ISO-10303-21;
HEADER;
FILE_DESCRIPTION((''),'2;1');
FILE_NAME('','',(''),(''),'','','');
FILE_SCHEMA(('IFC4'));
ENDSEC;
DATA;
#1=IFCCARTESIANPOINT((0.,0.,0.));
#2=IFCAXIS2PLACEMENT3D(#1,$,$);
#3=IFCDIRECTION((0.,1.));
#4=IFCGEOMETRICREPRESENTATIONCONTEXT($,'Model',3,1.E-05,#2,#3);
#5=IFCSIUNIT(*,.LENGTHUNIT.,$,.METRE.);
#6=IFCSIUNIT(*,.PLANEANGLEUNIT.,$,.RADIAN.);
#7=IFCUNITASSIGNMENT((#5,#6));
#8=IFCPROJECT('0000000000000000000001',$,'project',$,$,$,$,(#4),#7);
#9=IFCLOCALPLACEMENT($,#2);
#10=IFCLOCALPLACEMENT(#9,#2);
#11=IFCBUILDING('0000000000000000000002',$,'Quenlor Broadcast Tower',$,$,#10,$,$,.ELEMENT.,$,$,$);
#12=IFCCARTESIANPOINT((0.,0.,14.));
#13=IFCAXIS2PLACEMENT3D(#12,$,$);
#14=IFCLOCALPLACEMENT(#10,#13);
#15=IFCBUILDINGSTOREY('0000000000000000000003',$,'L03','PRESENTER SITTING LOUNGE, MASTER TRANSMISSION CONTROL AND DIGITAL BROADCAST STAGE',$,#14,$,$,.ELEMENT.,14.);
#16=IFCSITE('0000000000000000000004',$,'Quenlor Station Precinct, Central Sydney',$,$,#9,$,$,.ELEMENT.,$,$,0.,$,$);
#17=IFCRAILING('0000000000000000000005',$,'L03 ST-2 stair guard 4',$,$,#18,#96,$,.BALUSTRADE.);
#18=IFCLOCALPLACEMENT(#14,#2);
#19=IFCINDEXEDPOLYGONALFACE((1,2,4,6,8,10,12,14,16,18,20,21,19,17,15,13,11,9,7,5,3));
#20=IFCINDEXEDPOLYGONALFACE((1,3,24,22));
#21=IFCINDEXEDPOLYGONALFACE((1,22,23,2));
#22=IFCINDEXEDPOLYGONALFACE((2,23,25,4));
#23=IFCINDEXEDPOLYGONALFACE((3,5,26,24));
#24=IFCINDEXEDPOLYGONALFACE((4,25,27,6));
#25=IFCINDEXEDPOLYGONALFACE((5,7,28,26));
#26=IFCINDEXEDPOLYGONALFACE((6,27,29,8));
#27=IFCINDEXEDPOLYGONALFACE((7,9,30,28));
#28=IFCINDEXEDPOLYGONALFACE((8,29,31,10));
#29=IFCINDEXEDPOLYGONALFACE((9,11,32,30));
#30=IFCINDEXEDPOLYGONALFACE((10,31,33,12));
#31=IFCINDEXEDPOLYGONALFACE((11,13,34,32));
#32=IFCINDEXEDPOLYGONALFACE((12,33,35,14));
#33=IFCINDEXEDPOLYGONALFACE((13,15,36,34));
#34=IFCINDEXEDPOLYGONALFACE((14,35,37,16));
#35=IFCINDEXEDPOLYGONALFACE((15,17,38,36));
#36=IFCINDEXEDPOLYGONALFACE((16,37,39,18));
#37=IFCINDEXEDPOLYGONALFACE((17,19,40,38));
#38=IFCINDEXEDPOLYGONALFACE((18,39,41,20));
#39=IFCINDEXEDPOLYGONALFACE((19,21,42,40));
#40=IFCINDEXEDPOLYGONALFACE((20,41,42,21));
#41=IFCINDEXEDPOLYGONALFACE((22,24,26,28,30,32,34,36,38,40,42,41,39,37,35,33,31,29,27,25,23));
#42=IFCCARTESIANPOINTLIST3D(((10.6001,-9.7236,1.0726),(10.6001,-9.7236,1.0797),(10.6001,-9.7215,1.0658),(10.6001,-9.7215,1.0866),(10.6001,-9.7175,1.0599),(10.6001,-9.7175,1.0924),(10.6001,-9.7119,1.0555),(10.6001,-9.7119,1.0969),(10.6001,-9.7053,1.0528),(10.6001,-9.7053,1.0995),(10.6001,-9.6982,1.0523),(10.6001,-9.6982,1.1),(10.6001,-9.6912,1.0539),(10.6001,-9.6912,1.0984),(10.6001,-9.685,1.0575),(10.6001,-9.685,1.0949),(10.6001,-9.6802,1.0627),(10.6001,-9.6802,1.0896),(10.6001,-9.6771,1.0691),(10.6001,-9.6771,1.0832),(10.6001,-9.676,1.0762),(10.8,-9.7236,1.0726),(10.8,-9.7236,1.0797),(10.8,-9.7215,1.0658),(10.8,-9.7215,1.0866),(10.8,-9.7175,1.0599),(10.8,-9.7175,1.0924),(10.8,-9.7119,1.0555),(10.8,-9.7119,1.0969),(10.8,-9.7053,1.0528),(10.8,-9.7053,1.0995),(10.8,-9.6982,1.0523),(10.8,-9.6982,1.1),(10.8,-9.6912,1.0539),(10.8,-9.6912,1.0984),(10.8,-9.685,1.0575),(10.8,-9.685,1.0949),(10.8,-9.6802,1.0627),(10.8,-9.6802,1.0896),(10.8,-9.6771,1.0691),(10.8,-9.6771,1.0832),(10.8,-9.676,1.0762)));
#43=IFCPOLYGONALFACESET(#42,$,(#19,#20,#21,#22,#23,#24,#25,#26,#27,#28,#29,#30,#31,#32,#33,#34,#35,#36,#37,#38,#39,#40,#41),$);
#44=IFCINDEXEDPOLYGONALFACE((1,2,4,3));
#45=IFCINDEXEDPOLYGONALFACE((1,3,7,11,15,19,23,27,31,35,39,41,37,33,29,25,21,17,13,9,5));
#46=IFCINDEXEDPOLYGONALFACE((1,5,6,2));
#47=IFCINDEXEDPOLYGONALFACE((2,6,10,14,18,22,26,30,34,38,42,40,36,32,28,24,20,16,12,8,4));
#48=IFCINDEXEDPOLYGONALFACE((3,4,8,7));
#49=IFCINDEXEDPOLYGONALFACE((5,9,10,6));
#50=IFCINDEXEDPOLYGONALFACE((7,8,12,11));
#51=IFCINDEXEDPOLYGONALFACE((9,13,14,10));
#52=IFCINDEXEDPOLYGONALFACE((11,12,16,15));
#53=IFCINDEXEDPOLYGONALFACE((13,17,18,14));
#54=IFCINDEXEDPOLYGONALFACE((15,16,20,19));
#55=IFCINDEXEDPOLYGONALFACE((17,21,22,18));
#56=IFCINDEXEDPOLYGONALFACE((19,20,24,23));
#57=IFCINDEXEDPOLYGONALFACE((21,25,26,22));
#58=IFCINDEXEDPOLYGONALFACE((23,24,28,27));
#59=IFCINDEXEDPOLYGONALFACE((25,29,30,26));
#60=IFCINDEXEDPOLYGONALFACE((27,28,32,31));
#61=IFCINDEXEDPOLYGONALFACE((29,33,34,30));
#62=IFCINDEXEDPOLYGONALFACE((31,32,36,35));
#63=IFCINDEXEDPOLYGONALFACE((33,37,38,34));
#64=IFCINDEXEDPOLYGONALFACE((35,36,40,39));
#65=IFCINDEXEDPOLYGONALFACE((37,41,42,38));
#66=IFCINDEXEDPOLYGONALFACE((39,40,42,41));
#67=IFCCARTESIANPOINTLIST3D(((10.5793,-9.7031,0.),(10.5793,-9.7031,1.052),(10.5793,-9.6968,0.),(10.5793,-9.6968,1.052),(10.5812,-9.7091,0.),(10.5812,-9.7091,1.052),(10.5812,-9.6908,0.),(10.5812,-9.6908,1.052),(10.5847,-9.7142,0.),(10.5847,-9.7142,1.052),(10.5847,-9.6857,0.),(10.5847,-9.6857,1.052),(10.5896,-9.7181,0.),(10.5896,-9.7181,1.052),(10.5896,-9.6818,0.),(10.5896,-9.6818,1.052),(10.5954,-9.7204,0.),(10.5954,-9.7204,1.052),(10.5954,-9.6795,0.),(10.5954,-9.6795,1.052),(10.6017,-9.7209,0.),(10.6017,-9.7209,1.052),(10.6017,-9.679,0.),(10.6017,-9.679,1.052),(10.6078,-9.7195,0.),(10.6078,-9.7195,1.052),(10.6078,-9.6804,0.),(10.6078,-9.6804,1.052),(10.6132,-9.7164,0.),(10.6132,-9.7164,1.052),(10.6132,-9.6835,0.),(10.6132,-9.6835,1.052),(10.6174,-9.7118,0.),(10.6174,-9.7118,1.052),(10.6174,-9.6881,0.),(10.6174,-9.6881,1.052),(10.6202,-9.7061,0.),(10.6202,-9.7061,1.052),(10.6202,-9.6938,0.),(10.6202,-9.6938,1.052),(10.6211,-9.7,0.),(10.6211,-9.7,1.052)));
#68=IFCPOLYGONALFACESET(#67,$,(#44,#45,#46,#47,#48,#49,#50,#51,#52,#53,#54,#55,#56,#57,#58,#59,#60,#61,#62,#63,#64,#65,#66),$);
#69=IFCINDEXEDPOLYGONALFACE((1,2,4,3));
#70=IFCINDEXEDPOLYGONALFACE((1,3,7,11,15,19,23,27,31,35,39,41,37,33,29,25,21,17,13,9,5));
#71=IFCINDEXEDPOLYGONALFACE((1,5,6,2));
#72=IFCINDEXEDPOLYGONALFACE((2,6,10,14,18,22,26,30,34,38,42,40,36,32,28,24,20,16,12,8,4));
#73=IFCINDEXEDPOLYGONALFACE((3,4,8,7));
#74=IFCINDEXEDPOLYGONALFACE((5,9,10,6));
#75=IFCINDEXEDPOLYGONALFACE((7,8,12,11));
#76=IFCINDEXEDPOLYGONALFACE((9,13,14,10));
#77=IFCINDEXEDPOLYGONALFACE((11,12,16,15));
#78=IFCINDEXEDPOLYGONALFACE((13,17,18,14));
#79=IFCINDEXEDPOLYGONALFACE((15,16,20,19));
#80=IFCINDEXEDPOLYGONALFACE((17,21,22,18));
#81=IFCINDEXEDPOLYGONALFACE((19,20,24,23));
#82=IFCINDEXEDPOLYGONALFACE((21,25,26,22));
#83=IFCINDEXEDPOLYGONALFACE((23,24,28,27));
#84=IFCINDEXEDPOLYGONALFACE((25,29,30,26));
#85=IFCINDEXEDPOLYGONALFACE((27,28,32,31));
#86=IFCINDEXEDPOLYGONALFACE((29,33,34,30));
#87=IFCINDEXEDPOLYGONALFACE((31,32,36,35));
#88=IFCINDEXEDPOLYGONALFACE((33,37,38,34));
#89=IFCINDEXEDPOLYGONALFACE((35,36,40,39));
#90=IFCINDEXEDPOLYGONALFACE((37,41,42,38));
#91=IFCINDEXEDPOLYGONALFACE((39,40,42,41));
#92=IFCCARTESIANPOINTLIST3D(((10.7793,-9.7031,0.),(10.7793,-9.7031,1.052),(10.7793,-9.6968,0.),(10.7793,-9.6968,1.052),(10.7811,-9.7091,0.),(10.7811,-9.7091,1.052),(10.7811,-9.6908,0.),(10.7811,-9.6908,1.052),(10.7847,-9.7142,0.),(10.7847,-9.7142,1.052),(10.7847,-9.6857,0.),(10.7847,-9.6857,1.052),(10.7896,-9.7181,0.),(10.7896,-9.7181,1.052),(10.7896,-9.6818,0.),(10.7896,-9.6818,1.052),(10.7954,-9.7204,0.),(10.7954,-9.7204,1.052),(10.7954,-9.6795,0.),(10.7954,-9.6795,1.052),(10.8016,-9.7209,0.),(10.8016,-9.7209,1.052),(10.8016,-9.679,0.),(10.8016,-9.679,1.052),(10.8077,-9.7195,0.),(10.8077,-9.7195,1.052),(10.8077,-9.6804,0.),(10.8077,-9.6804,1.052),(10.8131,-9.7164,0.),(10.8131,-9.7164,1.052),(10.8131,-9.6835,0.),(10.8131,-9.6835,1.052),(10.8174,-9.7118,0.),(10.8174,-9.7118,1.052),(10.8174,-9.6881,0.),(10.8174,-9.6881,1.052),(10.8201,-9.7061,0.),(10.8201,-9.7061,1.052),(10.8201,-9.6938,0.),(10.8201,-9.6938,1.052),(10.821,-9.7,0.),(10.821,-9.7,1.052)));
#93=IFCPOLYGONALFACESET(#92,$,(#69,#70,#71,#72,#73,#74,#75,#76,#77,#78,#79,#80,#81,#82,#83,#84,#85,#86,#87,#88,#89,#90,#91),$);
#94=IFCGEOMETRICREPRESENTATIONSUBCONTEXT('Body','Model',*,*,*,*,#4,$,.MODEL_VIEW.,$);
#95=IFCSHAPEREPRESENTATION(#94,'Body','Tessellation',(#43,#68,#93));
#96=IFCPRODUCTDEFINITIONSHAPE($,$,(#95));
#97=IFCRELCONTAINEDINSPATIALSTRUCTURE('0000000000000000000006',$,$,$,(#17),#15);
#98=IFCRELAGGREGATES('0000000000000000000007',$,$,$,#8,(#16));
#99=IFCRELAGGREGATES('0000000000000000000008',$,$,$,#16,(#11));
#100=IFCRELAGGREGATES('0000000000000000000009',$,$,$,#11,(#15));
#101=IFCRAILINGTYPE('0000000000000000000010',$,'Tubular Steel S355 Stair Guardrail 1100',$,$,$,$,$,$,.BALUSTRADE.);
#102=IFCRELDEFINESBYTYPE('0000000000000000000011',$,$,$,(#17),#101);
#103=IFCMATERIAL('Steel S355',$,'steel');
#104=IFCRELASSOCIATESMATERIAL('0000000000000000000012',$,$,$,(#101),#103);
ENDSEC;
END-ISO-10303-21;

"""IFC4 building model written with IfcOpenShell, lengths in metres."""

from ifc_helpers import new_model, si_unit, direction, frame, origin, origin_2d, place, context, subcontext, project, spatial, circle, extrude, material, type_object, element, save


model = new_model("IFC4")

# Units and contexts
model_context = context("Model", 3, precision=1e-05, world=origin(), true_north=direction((0.0, 1.0)))
body_context = subcontext(model_context, "Body", "Model", "MODEL_VIEW")
ifc_project = project(units=[si_unit("LENGTHUNIT", "METRE"), si_unit("PLANEANGLEUNIT", "RADIAN")], contexts=[model_context])

# Site, building, storey
site_placement = place(None, origin())
site = spatial("IfcSite", under=ifc_project, at=site_placement, Name="Quenlor Station Precinct, Central Sydney", CompositionType="ELEMENT", RefElevation=0.0)
building_placement = place(site_placement, origin())
building = spatial("IfcBuilding", under=site, at=building_placement, Name="Quenlor Broadcast Tower", CompositionType="ELEMENT")
storey_placement = place(building_placement, frame((0.0, 0.0, 14.0)))
storey = spatial("IfcBuildingStorey", under=building, at=storey_placement, Name="L03", Description="PRESENTER SITTING LOUNGE, MASTER TRANSMISSION CONTROL AND DIGITAL BROADCAST STAGE", CompositionType="ELEMENT", Elevation=14.0)

# Railing
ifc_material_1 = material(Name="Steel S355", Category="steel")
railing_type_1 = type_object("IfcRailingType", Name="Tubular Steel S355 Stair Guardrail 1100", PredefinedType="BALUSTRADE", material=ifc_material_1)
railing_1_placement = place(storey_placement, frame((10.6001, -9.7, 0.0)))
element("IfcRailing", 1, at=railing_1_placement, inside=storey, type_object=railing_type_1, Name="L03 ST-2 stair guard 4", PredefinedType="BALUSTRADE", context=body_context, shape_type="SweptSolid", body=[
    extrude(circle(Radius=0.0239, at=origin_2d()), frame((0.0, 0.0, 1.0762), z_axis=(1.0, 0.0, 0.0), x_axis=(0.0, 1.0, 0.0)), (0.0, 0.0, 1.0), 0.2),
    extrude(circle(Radius=0.021, at=origin_2d()), origin(), (0.0, 0.0, 1.0), 1.052),
    extrude(circle(Radius=0.021, at=origin_2d()), frame((0.2, 0.0, 0.0)), (0.0, 0.0, 1.0), 1.052),
])

save(model, "model.ifc")
